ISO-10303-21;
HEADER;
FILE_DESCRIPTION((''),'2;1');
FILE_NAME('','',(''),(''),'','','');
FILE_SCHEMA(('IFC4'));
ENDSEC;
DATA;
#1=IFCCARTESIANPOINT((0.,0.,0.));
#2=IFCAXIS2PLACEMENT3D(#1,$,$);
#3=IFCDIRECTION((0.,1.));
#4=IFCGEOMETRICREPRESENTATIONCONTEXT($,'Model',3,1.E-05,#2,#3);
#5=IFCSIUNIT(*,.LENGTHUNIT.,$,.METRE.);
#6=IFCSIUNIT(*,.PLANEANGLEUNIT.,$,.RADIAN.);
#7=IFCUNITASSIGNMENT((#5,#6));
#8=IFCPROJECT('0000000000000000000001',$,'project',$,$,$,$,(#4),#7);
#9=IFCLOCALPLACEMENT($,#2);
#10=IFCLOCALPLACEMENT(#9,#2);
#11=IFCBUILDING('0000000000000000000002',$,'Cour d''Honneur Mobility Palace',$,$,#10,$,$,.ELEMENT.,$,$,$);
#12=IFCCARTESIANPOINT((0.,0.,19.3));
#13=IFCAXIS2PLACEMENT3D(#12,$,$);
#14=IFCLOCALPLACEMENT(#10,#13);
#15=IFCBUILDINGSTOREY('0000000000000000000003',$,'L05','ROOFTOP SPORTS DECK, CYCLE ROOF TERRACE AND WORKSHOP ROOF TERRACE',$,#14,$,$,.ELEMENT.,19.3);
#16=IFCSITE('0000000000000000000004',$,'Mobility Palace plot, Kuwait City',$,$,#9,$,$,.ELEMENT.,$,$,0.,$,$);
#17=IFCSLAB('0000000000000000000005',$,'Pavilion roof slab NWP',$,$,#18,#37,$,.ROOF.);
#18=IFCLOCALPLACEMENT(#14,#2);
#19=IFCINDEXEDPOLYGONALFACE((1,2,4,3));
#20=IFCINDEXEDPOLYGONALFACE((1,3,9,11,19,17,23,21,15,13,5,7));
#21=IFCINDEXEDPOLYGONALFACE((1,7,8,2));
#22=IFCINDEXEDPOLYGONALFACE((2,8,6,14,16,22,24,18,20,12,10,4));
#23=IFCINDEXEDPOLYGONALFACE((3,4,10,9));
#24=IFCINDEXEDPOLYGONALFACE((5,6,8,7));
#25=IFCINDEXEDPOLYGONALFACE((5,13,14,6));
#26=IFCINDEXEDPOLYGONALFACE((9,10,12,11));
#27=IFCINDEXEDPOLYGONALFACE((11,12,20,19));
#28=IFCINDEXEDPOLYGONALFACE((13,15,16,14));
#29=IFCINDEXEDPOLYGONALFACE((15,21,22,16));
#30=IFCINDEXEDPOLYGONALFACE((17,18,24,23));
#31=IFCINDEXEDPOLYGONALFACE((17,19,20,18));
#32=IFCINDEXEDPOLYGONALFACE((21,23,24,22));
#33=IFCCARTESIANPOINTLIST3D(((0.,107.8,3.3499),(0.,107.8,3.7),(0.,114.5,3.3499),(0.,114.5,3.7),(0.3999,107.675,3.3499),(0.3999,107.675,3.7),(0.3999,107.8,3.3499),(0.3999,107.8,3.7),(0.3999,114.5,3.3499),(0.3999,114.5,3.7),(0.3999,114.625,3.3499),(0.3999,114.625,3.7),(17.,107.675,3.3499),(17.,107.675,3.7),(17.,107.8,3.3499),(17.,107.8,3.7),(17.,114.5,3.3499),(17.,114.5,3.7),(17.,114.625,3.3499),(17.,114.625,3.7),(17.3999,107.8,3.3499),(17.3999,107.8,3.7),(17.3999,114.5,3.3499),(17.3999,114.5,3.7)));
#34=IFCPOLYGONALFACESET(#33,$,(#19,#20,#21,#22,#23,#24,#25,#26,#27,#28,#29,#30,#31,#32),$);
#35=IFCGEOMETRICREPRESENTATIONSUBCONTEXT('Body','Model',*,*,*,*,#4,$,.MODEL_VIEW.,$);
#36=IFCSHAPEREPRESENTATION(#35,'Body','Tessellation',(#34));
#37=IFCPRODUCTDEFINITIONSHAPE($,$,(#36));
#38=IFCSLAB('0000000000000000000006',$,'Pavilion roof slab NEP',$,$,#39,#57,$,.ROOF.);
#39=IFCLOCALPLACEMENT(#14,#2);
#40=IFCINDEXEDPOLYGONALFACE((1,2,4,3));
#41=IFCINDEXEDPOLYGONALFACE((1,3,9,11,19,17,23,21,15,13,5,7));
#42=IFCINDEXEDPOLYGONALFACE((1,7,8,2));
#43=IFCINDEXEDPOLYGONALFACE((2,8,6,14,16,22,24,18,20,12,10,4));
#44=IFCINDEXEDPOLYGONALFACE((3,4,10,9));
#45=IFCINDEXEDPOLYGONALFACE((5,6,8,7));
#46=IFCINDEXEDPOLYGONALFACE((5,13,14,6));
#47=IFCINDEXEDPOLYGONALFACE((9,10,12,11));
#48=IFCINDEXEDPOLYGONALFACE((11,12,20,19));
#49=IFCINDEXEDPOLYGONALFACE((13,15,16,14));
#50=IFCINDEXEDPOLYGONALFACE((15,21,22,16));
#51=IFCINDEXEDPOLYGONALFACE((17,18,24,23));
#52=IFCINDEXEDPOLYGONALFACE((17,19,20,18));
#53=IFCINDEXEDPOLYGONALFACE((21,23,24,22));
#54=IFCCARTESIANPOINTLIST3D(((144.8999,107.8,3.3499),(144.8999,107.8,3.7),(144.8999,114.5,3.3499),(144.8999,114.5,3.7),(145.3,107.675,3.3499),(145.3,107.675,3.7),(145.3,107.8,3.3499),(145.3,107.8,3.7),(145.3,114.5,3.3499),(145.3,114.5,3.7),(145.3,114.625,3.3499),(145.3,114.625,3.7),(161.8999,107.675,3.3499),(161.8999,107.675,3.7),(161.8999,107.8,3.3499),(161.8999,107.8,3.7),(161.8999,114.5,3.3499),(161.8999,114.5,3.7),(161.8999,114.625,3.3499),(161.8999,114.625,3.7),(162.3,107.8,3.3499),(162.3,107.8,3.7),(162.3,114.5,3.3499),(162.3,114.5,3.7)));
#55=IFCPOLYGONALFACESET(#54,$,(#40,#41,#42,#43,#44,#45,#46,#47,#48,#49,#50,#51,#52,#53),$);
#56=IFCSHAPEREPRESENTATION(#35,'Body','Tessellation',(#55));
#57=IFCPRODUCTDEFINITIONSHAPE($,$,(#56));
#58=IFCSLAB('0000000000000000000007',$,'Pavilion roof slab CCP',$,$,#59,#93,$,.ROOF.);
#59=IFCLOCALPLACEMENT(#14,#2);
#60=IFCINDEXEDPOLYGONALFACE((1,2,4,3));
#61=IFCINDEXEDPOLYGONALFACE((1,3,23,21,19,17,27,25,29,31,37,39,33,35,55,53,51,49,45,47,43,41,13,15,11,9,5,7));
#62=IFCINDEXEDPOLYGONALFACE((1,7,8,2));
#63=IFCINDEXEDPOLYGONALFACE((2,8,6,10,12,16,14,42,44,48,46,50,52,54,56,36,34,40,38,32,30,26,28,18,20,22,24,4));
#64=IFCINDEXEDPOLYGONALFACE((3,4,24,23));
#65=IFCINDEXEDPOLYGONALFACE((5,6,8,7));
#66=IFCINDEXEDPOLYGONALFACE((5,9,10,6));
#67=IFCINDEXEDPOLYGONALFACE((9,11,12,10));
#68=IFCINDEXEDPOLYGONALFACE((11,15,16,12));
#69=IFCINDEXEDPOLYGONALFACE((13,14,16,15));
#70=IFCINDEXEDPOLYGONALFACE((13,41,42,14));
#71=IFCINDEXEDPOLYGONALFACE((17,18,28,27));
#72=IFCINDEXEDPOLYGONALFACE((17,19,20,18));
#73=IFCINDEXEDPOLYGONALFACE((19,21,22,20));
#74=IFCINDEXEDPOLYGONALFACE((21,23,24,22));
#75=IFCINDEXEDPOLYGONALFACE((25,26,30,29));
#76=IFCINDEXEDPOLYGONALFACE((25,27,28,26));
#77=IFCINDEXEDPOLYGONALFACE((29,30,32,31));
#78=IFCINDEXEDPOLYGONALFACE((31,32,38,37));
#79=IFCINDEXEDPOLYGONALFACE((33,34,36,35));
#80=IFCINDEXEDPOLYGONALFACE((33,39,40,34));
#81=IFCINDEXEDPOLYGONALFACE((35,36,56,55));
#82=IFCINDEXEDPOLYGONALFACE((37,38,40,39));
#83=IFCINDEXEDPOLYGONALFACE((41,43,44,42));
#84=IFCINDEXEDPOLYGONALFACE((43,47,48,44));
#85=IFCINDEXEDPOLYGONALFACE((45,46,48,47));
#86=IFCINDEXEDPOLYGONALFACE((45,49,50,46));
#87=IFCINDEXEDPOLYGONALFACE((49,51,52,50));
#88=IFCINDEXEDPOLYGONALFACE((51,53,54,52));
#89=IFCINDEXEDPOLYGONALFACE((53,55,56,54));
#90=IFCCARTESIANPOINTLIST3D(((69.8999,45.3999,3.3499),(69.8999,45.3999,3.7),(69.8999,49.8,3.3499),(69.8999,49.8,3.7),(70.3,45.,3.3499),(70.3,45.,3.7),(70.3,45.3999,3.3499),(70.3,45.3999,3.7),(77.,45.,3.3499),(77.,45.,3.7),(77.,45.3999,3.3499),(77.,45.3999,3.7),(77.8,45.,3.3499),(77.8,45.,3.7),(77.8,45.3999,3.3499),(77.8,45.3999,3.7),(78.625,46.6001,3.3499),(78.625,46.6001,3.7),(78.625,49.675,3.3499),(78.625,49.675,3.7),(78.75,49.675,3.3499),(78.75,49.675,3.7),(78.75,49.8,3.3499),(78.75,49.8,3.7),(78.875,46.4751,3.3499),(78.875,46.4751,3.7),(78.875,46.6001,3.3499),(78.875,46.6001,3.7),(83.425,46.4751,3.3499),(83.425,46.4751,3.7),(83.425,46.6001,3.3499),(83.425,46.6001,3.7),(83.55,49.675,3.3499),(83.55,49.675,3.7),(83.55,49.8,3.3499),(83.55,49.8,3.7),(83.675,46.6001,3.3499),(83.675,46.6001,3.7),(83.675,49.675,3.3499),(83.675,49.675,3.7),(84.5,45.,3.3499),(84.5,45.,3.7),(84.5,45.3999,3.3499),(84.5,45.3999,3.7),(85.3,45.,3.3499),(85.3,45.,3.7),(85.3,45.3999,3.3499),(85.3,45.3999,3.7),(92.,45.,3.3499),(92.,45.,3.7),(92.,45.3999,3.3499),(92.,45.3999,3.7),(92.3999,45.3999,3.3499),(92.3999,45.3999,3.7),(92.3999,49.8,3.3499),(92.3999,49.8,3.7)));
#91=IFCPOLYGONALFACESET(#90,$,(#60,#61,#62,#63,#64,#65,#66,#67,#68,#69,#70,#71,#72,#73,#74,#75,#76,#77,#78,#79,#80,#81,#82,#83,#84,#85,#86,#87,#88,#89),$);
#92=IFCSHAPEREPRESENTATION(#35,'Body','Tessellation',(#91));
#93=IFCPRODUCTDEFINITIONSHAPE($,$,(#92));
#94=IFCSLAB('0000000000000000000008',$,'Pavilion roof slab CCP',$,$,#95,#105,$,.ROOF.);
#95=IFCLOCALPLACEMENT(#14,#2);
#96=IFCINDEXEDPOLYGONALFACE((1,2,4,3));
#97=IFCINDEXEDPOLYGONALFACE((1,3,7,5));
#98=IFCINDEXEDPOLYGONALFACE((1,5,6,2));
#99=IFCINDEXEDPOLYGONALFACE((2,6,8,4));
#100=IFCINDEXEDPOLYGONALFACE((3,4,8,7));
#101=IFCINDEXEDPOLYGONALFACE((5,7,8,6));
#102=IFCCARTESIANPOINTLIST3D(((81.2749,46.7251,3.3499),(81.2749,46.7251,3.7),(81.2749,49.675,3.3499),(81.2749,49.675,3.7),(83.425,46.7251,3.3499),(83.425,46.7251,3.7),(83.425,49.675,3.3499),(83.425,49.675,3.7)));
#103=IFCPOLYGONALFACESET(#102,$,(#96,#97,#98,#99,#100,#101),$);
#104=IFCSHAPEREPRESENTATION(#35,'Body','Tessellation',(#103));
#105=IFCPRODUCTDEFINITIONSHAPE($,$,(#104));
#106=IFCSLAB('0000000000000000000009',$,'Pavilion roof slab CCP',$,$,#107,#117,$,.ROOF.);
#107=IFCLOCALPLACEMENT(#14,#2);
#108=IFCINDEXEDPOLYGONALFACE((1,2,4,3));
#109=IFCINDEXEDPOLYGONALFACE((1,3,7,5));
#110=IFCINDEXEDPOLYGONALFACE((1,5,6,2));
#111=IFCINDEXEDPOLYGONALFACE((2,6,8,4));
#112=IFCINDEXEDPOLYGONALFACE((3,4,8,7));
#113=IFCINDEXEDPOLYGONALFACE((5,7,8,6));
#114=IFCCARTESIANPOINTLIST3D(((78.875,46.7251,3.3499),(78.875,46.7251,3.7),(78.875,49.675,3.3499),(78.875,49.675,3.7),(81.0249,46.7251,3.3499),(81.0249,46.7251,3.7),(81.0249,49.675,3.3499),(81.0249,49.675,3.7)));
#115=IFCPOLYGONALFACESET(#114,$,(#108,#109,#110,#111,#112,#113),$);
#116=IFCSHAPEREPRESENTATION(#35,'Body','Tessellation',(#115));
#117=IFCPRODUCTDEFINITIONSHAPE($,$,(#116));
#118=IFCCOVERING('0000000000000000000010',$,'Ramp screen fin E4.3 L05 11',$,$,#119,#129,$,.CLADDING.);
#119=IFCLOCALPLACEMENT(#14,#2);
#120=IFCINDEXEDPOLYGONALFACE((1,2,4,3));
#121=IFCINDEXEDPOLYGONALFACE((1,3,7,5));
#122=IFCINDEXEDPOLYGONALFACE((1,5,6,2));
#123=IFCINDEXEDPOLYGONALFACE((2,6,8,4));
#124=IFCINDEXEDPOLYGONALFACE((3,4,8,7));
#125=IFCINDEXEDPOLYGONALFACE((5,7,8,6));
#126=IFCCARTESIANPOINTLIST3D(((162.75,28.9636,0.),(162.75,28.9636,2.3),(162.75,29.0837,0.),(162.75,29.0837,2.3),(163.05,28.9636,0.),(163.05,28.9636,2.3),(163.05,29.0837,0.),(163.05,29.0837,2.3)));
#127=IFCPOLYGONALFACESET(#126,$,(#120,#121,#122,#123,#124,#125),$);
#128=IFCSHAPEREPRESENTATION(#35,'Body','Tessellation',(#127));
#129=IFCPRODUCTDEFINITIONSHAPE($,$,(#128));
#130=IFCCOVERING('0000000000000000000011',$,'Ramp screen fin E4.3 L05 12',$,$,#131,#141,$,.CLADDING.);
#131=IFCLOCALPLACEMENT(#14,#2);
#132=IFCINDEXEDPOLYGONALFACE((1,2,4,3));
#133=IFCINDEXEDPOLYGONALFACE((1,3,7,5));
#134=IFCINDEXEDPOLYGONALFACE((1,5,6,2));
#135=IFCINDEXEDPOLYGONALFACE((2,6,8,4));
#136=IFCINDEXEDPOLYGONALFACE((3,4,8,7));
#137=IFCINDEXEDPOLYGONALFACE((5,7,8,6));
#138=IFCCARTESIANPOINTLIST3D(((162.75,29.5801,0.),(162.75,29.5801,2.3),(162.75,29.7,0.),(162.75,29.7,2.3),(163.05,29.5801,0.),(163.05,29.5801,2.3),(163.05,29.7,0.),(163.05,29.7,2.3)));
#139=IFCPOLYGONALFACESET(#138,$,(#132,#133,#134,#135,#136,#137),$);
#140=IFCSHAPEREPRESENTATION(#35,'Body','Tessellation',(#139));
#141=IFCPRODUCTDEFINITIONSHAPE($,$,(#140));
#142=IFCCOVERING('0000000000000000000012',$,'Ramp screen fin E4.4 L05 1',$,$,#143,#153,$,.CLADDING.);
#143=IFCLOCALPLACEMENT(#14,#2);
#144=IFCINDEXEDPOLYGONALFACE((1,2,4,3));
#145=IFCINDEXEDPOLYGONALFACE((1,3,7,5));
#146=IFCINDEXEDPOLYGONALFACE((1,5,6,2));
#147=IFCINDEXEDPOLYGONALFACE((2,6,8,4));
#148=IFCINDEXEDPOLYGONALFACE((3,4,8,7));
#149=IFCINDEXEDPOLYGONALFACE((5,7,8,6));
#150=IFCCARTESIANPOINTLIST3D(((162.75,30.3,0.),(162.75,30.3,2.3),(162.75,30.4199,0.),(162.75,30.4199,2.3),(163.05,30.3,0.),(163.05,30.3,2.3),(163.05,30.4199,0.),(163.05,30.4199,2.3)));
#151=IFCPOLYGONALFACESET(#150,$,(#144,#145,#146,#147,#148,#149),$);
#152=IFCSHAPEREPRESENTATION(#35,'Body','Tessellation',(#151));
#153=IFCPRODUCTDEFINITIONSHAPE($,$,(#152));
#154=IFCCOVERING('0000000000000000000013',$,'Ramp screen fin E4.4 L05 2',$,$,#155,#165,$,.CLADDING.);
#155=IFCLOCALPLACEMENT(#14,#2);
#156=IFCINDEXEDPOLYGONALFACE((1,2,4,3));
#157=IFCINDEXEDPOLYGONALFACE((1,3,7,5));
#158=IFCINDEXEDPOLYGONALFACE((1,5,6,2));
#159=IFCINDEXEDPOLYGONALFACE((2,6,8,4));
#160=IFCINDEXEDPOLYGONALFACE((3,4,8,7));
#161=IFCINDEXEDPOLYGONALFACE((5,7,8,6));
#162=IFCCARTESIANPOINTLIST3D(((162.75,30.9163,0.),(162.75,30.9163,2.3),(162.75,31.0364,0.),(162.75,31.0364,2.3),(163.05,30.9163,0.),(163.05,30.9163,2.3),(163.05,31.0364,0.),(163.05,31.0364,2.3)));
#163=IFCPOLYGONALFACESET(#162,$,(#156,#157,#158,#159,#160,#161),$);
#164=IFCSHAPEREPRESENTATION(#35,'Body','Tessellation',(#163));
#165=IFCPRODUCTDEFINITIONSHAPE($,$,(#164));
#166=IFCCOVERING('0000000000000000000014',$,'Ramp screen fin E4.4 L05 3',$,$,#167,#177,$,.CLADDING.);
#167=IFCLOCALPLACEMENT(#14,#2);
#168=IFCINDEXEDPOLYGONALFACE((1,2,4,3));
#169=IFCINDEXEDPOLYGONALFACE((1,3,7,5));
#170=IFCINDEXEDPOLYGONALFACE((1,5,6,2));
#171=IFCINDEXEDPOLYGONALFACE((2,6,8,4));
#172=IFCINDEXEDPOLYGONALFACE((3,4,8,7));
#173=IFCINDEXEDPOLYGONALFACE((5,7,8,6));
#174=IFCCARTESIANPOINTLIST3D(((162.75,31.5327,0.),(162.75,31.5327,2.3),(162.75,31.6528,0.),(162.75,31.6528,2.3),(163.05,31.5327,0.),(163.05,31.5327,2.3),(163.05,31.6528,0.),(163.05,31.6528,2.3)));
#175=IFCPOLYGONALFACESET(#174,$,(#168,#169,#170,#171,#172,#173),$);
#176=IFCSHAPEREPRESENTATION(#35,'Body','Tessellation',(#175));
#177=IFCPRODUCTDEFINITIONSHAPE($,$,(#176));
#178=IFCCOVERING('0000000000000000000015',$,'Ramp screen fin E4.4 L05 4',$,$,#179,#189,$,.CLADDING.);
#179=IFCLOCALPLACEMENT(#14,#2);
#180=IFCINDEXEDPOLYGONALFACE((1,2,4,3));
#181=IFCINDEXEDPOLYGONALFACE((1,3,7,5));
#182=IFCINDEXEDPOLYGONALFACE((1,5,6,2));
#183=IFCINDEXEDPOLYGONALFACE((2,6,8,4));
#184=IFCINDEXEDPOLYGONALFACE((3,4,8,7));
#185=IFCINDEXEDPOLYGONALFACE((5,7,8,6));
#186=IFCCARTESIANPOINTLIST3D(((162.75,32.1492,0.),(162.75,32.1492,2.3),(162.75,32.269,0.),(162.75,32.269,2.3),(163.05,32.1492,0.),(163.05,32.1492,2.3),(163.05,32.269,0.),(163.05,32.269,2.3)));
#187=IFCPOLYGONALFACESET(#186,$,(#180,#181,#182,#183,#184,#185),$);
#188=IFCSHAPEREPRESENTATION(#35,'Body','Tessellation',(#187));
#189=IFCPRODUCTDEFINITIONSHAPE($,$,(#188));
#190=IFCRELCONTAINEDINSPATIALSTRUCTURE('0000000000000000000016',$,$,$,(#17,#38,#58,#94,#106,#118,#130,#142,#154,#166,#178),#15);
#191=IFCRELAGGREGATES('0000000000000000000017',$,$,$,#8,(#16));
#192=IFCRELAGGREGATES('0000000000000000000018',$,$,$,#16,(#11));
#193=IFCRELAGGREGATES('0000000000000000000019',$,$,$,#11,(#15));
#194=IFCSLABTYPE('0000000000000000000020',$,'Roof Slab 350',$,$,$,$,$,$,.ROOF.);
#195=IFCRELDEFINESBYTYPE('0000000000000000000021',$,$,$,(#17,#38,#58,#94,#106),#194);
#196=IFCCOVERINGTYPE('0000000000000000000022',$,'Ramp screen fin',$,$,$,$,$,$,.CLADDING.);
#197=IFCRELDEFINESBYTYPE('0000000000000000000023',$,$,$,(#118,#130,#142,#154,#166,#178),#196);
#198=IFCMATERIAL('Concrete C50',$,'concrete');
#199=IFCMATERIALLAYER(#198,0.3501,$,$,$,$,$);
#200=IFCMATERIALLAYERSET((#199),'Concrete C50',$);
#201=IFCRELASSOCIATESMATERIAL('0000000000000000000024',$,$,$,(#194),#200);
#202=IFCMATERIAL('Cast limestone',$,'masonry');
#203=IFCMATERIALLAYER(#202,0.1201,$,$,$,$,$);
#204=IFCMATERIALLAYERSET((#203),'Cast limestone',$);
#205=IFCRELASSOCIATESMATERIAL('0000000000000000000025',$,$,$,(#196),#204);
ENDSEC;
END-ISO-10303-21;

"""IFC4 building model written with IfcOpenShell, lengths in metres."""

from ifc_helpers import new_model, si_unit, direction, frame, origin, place, context, subcontext, project, spatial, polyline, outline, extrude, material, layer, layer_set, type_object, element, save


model = new_model("IFC4")

# Units and contexts
model_context = context("Model", 3, precision=1e-05, world=origin(), true_north=direction((0.0, 1.0)))
body_context = subcontext(model_context, "Body", "Model", "MODEL_VIEW")
ifc_project = project(units=[si_unit("LENGTHUNIT", "METRE"), si_unit("PLANEANGLEUNIT", "RADIAN")], contexts=[model_context])

# Site, building, storey
site_placement = place(None, origin())
site = spatial("IfcSite", under=ifc_project, at=site_placement, Name="Mobility Palace plot, Kuwait City", CompositionType="ELEMENT", RefElevation=0.0)
building_placement = place(site_placement, origin())
building = spatial("IfcBuilding", under=site, at=building_placement, Name="Cour d'Honneur Mobility Palace", CompositionType="ELEMENT")
storey_placement = place(building_placement, frame((0.0, 0.0, 19.3)))
storey = spatial("IfcBuildingStorey", under=building, at=storey_placement, Name="L05", Description="ROOFTOP SPORTS DECK, CYCLE ROOF TERRACE AND WORKSHOP ROOF TERRACE", CompositionType="ELEMENT", Elevation=19.3)

# Slabs
ifc_material_1 = material(Name="Concrete C50", Category="concrete")
ifc_layer_1 = layer(ifc_material_1, 0.3501)
ifc_layer_set_1 = layer_set([ifc_layer_1], Name="Concrete C50")
slab_type = type_object("IfcSlabType", Name="Roof Slab 350", PredefinedType="ROOF", material=ifc_layer_set_1)
slab_1_placement = place(storey_placement, frame((0.0, 0.0, 3.3499)))
element("IfcSlab", 1, at=slab_1_placement, inside=storey, type_object=slab_type, Name="Pavilion roof slab NWP", PredefinedType="ROOF", context=body_context, shape_type="SweptSolid", body=[
    extrude(outline(polyline([(17.0, 107.8), (17.0, 107.675), (0.3999, 107.675), (0.3999, 107.8), (0.0, 107.8), (0.0, 114.5), (0.3999, 114.5), (0.3999, 114.625), (17.0, 114.625), (17.0, 114.5), (17.3999, 114.5), (17.3999, 107.8), (17.0, 107.8)])), origin(), (0.0, 0.0, 1.0), 0.3501),
])
slab_2_placement = place(storey_placement, frame((0.0, 0.0, 3.3499)))
element("IfcSlab", 2, at=slab_2_placement, inside=storey, type_object=slab_type, Name="Pavilion roof slab NEP", PredefinedType="ROOF", context=body_context, shape_type="SweptSolid", body=[
    extrude(outline(polyline([(161.8999, 107.8), (161.8999, 107.675), (145.3, 107.675), (145.3, 107.8), (144.8999, 107.8), (144.8999, 114.5), (145.3, 114.5), (145.3, 114.625), (161.8999, 114.625), (161.8999, 114.5), (162.3, 114.5), (162.3, 107.8), (161.8999, 107.8)])), origin(), (0.0, 0.0, 1.0), 0.3501),
])
slab_3_placement = place(storey_placement, frame((0.0, 0.0, 3.3499)))
element("IfcSlab", 3, at=slab_3_placement, inside=storey, type_object=slab_type, Name="Pavilion roof slab CCP", PredefinedType="ROOF", context=body_context, shape_type="SweptSolid", body=[
    extrude(outline(polyline([(92.3999, 45.3999), (92.0, 45.3999), (92.0, 45.0), (85.3, 45.0), (85.3, 45.3999), (84.5, 45.3999), (84.5, 45.0), (77.8, 45.0), (77.8, 45.3999), (77.0, 45.3999), (77.0, 45.0), (70.3, 45.0), (70.3, 45.3999), (69.8999, 45.3999), (69.8999, 49.8), (78.75, 49.8), (78.75, 49.675), (78.625, 49.675), (78.625, 46.6001), (78.875, 46.6001), (78.875, 46.4751), (83.425, 46.4751), (83.425, 46.6001), (83.675, 46.6001), (83.675, 49.675), (83.55, 49.675), (83.55, 49.8), (92.3999, 49.8), (92.3999, 45.3999)])), origin(), (0.0, 0.0, 1.0), 0.3501),
])
slab_4_placement = place(storey_placement, frame((0.0, 0.0, 3.3499)))
element("IfcSlab", 4, at=slab_4_placement, inside=storey, type_object=slab_type, Name="Pavilion roof slab CCP", PredefinedType="ROOF", context=body_context, shape_type="SweptSolid", body=[
    extrude(outline(polyline([(83.425, 49.675), (83.425, 46.7251), (81.2749, 46.7251), (81.2749, 49.675), (83.425, 49.675)])), origin(), (0.0, 0.0, 1.0), 0.3501),
])
slab_5_placement = place(storey_placement, frame((0.0, 0.0, 3.3499)))
element("IfcSlab", 5, at=slab_5_placement, inside=storey, type_object=slab_type, Name="Pavilion roof slab CCP", PredefinedType="ROOF", context=body_context, shape_type="SweptSolid", body=[
    extrude(outline(polyline([(78.875, 49.675), (81.0249, 49.675), (81.0249, 46.7251), (78.875, 46.7251), (78.875, 49.675)])), origin(), (0.0, 0.0, 1.0), 0.3501),
])

# Coverings
ifc_material_2 = material(Name="Cast limestone", Category="masonry")
ifc_layer_2 = layer(ifc_material_2, 0.1201)
ifc_layer_set_2 = layer_set([ifc_layer_2], Name="Cast limestone")
covering_type = type_object("IfcCoveringType", Name="Ramp screen fin", PredefinedType="CLADDING", material=ifc_layer_set_2)
covering_1_placement = place(storey_placement, origin())
element("IfcCovering", 6, at=covering_1_placement, inside=storey, type_object=covering_type, Name="Ramp screen fin E4.3 L05 11", PredefinedType="CLADDING", context=body_context, shape_type="SweptSolid", body=[
    extrude(outline(polyline([(162.75, 28.9636), (162.75, 29.0837), (163.05, 29.0837), (163.05, 28.9636), (162.75, 28.9636)])), origin(), (0.0, 0.0, 1.0), 2.3),
])
covering_2_placement = place(storey_placement, origin())
element("IfcCovering", 7, at=covering_2_placement, inside=storey, type_object=covering_type, Name="Ramp screen fin E4.3 L05 12", PredefinedType="CLADDING", context=body_context, shape_type="SweptSolid", body=[
    extrude(outline(polyline([(162.75, 29.5801), (162.75, 29.7), (163.05, 29.7), (163.05, 29.5801), (162.75, 29.5801)])), origin(), (0.0, 0.0, 1.0), 2.3),
])
covering_3_placement = place(storey_placement, origin())
element("IfcCovering", 8, at=covering_3_placement, inside=storey, type_object=covering_type, Name="Ramp screen fin E4.4 L05 1", PredefinedType="CLADDING", context=body_context, shape_type="SweptSolid", body=[
    extrude(outline(polyline([(162.75, 30.3), (162.75, 30.4199), (163.05, 30.4199), (163.05, 30.3), (162.75, 30.3)])), origin(), (0.0, 0.0, 1.0), 2.3),
])
covering_4_placement = place(storey_placement, origin())
element("IfcCovering", 9, at=covering_4_placement, inside=storey, type_object=covering_type, Name="Ramp screen fin E4.4 L05 2", PredefinedType="CLADDING", context=body_context, shape_type="SweptSolid", body=[
    extrude(outline(polyline([(162.75, 30.9163), (162.75, 31.0364), (163.05, 31.0364), (163.05, 30.9163), (162.75, 30.9163)])), origin(), (0.0, 0.0, 1.0), 2.3),
])
covering_5_placement = place(storey_placement, origin())
element("IfcCovering", 10, at=covering_5_placement, inside=storey, type_object=covering_type, Name="Ramp screen fin E4.4 L05 3", PredefinedType="CLADDING", context=body_context, shape_type="SweptSolid", body=[
    extrude(outline(polyline([(162.75, 31.5327), (162.75, 31.6528), (163.05, 31.6528), (163.05, 31.5327), (162.75, 31.5327)])), origin(), (0.0, 0.0, 1.0), 2.3),
])
covering_6_placement = place(storey_placement, origin())
element("IfcCovering", 11, at=covering_6_placement, inside=storey, type_object=covering_type, Name="Ramp screen fin E4.4 L05 4", PredefinedType="CLADDING", context=body_context, shape_type="SweptSolid", body=[
    extrude(outline(polyline([(162.75, 32.1492), (162.75, 32.269), (163.05, 32.269), (163.05, 32.1492), (162.75, 32.1492)])), origin(), (0.0, 0.0, 1.0), 2.3),
])

save(model, "model.ifc")
